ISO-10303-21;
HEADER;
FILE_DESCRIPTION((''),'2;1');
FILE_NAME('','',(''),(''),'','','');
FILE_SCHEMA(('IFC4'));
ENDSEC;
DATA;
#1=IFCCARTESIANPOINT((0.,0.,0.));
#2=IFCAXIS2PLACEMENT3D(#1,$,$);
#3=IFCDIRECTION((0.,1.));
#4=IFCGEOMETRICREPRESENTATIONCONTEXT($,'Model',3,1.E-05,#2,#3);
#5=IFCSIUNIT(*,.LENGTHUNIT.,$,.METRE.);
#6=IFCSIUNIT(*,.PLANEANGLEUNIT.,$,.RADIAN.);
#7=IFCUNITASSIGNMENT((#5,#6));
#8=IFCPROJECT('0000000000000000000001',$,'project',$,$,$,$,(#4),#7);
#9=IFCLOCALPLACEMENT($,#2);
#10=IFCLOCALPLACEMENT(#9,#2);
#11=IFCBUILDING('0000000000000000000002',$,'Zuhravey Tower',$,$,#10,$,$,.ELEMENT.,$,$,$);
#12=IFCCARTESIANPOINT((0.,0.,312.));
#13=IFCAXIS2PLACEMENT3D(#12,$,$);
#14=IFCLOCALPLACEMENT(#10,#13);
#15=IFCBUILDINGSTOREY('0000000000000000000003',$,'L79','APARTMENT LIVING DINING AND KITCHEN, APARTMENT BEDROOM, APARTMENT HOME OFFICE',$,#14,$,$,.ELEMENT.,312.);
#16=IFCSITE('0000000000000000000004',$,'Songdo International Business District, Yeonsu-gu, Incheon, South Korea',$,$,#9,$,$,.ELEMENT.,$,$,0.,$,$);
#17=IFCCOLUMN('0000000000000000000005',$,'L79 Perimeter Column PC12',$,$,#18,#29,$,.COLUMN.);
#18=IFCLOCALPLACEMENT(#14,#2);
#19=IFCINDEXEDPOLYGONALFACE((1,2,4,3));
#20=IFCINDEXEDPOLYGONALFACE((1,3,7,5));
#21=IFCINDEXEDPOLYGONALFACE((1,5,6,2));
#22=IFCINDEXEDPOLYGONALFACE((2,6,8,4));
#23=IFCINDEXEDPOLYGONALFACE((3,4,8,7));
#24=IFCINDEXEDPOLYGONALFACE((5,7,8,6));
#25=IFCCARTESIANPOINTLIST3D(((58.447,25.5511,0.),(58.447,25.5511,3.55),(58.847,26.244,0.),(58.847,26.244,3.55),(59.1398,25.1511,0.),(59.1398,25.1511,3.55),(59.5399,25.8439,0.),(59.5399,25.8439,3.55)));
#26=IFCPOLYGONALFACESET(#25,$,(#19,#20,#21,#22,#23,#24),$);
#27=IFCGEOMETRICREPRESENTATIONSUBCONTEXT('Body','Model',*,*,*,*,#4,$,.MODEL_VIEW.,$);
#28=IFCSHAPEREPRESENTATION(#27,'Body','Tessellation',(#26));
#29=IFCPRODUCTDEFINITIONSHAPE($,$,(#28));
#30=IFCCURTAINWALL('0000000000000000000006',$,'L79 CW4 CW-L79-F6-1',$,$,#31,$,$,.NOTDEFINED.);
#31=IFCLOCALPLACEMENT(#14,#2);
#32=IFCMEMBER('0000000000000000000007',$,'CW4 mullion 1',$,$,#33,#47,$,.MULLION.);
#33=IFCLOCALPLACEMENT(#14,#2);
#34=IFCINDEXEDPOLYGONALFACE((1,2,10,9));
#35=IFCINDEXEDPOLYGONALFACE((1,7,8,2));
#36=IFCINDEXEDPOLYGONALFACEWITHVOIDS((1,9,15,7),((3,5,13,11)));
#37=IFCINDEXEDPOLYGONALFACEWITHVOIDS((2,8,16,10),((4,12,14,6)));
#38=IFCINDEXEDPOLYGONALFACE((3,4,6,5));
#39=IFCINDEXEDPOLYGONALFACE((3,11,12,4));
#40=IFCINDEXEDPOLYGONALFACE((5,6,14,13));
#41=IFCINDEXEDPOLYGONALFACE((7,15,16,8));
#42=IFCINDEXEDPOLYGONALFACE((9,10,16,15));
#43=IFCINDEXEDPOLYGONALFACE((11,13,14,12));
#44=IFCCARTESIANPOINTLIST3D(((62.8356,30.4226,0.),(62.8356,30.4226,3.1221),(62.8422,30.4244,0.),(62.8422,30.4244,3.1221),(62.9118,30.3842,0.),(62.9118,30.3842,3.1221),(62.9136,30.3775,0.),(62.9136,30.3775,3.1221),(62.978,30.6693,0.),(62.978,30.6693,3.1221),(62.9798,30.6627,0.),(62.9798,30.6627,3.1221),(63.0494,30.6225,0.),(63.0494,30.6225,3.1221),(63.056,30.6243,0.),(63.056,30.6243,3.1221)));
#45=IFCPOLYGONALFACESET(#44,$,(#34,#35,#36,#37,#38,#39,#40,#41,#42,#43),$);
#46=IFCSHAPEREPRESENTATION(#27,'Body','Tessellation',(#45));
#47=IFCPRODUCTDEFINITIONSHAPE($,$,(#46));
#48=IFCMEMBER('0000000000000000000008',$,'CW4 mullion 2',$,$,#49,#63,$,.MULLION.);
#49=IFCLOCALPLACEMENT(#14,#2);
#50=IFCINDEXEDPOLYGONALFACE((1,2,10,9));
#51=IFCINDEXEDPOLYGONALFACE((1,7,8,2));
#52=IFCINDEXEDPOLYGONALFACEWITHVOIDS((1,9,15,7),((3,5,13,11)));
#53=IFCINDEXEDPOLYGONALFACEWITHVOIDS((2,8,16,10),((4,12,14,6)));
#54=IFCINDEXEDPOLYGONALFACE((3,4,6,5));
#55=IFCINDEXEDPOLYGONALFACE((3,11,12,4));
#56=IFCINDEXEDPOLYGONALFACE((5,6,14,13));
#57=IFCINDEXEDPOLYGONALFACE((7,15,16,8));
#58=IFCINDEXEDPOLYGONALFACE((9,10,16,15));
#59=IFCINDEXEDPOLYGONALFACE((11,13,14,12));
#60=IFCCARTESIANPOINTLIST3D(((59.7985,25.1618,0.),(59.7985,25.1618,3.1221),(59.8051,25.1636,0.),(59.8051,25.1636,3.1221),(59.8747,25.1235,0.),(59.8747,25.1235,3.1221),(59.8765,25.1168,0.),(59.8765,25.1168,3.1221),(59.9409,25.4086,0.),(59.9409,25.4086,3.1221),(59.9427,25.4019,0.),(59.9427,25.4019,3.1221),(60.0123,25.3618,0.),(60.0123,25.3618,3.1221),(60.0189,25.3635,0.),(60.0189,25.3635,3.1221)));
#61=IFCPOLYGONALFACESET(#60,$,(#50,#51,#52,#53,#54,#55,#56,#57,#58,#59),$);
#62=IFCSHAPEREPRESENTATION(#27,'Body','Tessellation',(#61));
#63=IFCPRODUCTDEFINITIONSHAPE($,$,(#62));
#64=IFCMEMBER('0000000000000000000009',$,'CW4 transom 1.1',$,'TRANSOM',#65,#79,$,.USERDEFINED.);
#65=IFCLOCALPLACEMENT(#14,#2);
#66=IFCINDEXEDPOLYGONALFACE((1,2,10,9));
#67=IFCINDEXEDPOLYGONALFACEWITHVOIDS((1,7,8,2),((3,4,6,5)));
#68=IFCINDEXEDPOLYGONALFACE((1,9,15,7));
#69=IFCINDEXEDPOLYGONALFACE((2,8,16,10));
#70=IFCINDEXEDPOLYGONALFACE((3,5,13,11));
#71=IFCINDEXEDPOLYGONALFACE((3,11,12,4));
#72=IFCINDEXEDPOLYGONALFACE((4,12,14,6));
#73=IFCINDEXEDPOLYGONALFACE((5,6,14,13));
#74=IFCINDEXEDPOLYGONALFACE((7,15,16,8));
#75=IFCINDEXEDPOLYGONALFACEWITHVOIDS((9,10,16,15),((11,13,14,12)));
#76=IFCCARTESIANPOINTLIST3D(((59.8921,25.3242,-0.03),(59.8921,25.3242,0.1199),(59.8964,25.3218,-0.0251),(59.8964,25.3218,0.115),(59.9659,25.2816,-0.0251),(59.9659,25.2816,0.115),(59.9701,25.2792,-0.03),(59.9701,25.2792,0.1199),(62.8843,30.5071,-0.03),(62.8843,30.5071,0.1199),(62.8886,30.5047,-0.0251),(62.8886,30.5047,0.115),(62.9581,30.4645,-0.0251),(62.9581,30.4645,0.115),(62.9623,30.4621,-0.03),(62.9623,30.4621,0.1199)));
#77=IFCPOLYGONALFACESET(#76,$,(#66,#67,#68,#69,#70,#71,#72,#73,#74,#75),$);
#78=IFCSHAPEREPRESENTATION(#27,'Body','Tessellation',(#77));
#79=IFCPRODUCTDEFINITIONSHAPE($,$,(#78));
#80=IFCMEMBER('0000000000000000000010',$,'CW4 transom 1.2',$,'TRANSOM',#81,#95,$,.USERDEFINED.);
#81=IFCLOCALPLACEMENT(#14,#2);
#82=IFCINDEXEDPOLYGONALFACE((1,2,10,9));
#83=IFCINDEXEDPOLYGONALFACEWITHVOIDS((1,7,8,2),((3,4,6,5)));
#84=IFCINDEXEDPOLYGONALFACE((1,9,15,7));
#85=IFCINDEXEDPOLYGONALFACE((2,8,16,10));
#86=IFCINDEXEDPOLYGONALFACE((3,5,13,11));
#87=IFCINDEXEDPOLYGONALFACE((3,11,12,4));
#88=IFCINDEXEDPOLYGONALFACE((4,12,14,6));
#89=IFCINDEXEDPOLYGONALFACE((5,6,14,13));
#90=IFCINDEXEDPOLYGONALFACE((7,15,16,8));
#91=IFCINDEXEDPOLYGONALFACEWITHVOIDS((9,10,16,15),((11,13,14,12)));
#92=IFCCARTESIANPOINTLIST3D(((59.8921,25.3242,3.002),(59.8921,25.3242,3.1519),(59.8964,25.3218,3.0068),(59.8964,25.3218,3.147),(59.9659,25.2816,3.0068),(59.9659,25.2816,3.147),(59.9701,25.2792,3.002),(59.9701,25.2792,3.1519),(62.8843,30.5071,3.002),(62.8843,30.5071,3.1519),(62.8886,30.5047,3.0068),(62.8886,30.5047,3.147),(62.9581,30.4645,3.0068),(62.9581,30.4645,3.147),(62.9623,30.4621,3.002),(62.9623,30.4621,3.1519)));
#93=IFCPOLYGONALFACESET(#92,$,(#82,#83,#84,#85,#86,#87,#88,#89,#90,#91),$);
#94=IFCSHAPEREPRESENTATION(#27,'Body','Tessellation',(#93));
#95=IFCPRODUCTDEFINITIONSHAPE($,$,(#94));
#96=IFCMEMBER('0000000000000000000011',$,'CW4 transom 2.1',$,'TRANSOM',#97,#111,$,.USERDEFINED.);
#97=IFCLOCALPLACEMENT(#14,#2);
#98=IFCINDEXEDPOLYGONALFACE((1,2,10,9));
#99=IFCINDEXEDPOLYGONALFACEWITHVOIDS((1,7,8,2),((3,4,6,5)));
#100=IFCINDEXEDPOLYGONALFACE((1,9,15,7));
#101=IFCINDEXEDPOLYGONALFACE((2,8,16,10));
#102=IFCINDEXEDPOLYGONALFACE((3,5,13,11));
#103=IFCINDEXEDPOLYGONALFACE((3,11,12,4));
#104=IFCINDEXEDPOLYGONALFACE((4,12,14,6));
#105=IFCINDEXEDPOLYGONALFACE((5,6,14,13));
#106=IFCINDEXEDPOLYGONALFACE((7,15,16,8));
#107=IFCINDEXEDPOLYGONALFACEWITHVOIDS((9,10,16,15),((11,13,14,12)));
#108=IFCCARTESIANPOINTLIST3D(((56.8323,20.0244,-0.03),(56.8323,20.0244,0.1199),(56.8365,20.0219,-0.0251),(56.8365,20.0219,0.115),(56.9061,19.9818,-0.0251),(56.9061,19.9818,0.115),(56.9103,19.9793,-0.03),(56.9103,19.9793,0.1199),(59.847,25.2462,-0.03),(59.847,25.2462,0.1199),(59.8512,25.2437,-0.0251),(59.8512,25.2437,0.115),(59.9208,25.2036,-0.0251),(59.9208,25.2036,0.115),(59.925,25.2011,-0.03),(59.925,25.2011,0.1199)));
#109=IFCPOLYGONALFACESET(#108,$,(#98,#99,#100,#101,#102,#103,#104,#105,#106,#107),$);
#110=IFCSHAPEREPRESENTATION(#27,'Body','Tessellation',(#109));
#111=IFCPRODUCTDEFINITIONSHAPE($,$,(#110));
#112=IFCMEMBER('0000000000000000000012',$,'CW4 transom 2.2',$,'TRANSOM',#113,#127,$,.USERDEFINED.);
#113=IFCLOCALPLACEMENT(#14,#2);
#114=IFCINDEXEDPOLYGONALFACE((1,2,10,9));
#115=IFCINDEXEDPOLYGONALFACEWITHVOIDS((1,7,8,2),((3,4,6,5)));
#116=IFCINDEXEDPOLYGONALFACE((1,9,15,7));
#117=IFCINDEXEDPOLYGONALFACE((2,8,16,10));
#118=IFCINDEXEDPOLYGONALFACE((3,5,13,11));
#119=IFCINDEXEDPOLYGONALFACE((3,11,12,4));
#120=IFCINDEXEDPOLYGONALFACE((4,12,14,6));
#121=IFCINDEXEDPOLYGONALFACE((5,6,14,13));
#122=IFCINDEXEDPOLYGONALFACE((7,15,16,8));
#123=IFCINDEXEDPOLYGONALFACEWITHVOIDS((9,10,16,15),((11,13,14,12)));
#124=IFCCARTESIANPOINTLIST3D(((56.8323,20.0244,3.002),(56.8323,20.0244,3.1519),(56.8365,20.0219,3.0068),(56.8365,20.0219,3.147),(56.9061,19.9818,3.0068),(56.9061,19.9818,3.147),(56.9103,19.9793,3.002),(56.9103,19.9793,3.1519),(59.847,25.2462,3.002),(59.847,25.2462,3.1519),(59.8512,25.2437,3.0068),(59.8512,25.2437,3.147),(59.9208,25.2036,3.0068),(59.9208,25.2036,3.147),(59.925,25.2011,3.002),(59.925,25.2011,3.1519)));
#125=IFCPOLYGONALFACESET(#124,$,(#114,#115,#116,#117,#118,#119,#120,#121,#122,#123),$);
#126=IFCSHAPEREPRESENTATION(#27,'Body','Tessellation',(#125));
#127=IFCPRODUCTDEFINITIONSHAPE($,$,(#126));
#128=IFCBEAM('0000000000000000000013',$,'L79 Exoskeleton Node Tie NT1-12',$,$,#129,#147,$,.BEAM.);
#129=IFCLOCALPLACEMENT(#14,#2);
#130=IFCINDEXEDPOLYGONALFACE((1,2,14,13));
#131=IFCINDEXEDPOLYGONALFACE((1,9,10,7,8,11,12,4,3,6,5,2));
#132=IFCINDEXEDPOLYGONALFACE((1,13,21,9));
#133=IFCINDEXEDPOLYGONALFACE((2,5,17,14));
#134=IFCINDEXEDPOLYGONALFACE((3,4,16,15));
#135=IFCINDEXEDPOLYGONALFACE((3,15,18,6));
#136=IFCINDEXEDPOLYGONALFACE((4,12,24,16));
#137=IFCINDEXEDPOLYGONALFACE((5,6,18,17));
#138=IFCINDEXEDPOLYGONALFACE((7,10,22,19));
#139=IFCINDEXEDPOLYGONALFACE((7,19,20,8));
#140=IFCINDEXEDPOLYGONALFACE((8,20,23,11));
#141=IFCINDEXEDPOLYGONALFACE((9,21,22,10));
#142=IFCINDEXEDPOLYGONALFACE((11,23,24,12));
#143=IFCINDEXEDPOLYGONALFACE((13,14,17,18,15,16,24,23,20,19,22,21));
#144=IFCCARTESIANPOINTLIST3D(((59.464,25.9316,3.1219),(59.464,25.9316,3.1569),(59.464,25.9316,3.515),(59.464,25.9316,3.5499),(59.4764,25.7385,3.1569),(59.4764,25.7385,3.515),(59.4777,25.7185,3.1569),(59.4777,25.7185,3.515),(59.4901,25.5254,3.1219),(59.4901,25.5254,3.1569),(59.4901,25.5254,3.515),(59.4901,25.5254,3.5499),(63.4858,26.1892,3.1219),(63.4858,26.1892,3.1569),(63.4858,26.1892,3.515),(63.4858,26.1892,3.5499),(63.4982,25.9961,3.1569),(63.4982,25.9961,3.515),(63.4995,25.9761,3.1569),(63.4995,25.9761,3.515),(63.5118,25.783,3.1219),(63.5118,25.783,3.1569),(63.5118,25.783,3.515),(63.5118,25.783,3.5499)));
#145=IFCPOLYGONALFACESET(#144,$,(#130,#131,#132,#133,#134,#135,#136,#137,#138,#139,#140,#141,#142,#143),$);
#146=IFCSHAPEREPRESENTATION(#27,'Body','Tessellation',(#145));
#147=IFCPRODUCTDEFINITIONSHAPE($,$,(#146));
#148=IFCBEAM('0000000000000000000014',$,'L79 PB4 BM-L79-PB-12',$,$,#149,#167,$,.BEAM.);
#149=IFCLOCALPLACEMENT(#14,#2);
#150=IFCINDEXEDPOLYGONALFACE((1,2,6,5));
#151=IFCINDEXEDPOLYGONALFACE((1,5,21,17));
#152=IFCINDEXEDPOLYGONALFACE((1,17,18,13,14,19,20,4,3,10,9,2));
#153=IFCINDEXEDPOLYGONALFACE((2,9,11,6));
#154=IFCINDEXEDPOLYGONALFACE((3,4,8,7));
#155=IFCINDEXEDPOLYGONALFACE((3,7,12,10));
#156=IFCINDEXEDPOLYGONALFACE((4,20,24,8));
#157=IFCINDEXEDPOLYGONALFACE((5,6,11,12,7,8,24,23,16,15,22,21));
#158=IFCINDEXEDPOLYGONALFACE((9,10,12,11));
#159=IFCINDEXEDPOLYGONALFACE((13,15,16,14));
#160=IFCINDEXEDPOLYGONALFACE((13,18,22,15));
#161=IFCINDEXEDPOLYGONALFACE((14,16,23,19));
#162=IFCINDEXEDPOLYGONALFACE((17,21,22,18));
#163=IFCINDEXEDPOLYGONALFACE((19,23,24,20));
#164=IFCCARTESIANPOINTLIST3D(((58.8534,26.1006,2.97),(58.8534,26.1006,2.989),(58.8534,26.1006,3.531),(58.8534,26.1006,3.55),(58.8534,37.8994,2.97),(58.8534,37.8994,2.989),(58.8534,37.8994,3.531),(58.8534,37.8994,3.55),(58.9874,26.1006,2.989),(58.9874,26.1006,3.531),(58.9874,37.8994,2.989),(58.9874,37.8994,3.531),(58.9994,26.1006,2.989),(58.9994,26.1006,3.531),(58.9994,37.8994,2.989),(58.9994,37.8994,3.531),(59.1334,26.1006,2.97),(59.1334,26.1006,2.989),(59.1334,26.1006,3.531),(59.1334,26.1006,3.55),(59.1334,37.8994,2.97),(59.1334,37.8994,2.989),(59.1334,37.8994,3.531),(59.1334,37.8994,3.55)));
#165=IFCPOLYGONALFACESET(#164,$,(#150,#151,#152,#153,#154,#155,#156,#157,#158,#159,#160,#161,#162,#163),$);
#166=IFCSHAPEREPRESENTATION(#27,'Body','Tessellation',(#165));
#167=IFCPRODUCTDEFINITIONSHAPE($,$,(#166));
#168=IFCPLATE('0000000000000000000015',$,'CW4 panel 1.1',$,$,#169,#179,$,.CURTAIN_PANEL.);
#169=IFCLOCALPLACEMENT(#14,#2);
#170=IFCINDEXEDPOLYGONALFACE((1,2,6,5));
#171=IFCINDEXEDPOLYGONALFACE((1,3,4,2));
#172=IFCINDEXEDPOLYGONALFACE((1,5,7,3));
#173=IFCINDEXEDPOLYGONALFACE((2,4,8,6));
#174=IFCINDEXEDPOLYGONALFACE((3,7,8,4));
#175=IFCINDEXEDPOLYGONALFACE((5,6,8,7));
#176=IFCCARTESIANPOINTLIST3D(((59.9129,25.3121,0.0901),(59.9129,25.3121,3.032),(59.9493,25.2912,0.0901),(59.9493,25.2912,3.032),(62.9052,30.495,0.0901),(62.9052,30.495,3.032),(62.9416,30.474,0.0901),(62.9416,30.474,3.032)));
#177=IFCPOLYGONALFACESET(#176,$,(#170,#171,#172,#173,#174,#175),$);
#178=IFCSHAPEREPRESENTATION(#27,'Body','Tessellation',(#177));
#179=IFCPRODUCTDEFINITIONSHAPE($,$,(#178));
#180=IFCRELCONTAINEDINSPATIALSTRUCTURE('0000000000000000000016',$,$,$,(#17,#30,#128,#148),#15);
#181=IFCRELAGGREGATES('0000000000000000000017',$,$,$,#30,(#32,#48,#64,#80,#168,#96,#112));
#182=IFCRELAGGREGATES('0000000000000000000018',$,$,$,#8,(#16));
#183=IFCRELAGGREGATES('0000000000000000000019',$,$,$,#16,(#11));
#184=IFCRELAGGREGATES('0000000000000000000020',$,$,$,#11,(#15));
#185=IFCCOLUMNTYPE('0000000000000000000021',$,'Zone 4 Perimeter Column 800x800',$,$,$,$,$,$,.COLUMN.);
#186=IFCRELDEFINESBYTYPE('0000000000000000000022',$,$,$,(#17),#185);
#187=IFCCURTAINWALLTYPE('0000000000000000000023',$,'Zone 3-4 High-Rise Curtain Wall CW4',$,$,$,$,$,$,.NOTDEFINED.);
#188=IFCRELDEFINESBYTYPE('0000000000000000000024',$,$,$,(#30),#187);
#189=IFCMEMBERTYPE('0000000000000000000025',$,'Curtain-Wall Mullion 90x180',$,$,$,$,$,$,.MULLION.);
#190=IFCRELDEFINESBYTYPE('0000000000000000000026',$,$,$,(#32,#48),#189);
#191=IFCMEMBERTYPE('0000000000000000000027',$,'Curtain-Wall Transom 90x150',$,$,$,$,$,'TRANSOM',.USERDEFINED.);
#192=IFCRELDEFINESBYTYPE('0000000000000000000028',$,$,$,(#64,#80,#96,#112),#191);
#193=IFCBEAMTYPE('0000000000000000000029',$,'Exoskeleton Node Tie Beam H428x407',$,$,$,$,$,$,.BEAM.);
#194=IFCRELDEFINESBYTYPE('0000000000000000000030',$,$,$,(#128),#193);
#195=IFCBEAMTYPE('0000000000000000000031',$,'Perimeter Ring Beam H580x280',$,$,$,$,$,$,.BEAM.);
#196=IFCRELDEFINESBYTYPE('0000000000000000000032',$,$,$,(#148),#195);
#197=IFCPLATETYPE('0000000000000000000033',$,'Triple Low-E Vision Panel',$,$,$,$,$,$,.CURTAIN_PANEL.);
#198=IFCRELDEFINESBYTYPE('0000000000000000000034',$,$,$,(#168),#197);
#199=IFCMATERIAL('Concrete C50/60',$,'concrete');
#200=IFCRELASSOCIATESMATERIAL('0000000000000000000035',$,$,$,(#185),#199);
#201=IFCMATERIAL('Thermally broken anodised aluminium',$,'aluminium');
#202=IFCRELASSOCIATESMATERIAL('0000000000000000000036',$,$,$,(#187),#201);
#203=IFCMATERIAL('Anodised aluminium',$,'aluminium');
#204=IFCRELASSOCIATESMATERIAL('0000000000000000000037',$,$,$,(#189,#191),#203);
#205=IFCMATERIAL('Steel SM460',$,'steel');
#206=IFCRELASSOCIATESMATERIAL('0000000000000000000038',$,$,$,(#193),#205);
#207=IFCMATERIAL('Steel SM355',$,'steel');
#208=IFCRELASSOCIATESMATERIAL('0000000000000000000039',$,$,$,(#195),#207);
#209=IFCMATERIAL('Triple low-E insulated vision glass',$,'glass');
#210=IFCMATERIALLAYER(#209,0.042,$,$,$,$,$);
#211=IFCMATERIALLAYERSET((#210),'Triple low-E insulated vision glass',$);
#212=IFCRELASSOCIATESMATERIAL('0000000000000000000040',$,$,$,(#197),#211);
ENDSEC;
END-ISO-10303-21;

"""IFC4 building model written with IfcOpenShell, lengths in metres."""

from ifc_helpers import new_model, si_unit, direction, frame, origin, origin_2d, place, context, subcontext, project, spatial, rectangle, hollow_rectangle, i_section, extrude, material, layer, layer_set, material_profile, profile_set, type_object, element, aggregate, save


model = new_model("IFC4")

# Units and contexts
model_context = context("Model", 3, precision=1e-05, world=origin(), true_north=direction((0.0, 1.0)))
body_context = subcontext(model_context, "Body", "Model", "MODEL_VIEW")
ifc_project = project(units=[si_unit("LENGTHUNIT", "METRE"), si_unit("PLANEANGLEUNIT", "RADIAN")], contexts=[model_context])

# Site, building, storey
site_placement = place(None, origin())
site = spatial("IfcSite", under=ifc_project, at=site_placement, Name="Songdo International Business District, Yeonsu-gu, Incheon, South Korea", CompositionType="ELEMENT", RefElevation=0.0)
building_placement = place(site_placement, origin())
building = spatial("IfcBuilding", under=site, at=building_placement, Name="Zuhravey Tower", CompositionType="ELEMENT")
storey_placement = place(building_placement, frame((0.0, 0.0, 312.0)))
storey = spatial("IfcBuildingStorey", under=building, at=storey_placement, Name="L79", Description="APARTMENT LIVING DINING AND KITCHEN, APARTMENT BEDROOM, APARTMENT HOME OFFICE", CompositionType="ELEMENT", Elevation=312.0)

# Column
ifc_material_1 = material(Name="Concrete C50/60", Category="concrete")
ifc_material_profile_1 = material_profile(ifc_material_1, rectangle(XDim=0.8, YDim=0.8, at=origin_2d()), Name="RC-800x800")
ifc_profile_set_1 = profile_set([ifc_material_profile_1], Name="Concrete C50/60")
column_type = type_object("IfcColumnType", Name="Zone 4 Perimeter Column 800x800", PredefinedType="COLUMN", material=ifc_profile_set_1)
column_placement = place(storey_placement, frame((58.9934, 25.6975, 0.0), z_axis=(0.0, 0.0, 1.0), x_axis=(0.5, 0.866025, 0.0)))
element("IfcColumn", 1, at=column_placement, inside=storey, type_object=column_type, Name="L79 Perimeter Column PC12", PredefinedType="COLUMN", context=body_context, shape_type="SweptSolid", body=[
    extrude(rectangle(XDim=0.8, YDim=0.8, at=origin_2d()), origin(), (0.0, 0.0, 1.0), 3.55),
])

# Curtain wall, members
ifc_material_2 = material(Name="Thermally broken anodised aluminium", Category="aluminium")
curtain_wall_type = type_object("IfcCurtainWallType", Name="Zone 3-4 High-Rise Curtain Wall CW4", PredefinedType="NOTDEFINED", material=ifc_material_2)
curtain_wall_placement = place(storey_placement, origin())
curtain_wall = element("IfcCurtainWall", 2, at=curtain_wall_placement, inside=storey, type_object=curtain_wall_type, Name="L79 CW4 CW-L79-F6-1", PredefinedType="NOTDEFINED")
ifc_material_3 = material(Name="Anodised aluminium", Category="aluminium")
ifc_material_profile_2 = material_profile(ifc_material_3, hollow_rectangle(XDim=0.0901, YDim=0.2849, WallThickness=0.0049, at=origin_2d()), Name="ALU-RHS-90x285x5")
ifc_profile_set_2 = profile_set([ifc_material_profile_2], Name="Anodised aluminium")
member_type_1 = type_object("IfcMemberType", Name="Curtain-Wall Mullion 90x180", PredefinedType="MULLION", material=ifc_profile_set_2)
member_1_placement = place(storey_placement, frame((62.9458, 30.5234, 0.0), z_axis=(0.0, 0.0, 1.0), x_axis=(0.866026, -0.5, 0.0)))
member_1 = element("IfcMember", 3, at=member_1_placement, type_object=member_type_1, Name="CW4 mullion 1", PredefinedType="MULLION", context=body_context, shape_type="SweptSolid", body=[
    extrude(hollow_rectangle(XDim=0.0901, YDim=0.2849, WallThickness=0.0049, at=origin_2d()), origin(), (0.0, 0.0, 1.0), 3.1221),
])
member_2_placement = place(storey_placement, frame((59.9087, 25.2627, 0.0), z_axis=(0.0, 0.0, 1.0), x_axis=(0.866026, -0.5, 0.0)))
member_2 = element("IfcMember", 4, at=member_2_placement, type_object=member_type_1, Name="CW4 mullion 2", PredefinedType="MULLION", context=body_context, shape_type="SweptSolid", body=[
    extrude(hollow_rectangle(XDim=0.0901, YDim=0.2849, WallThickness=0.0049, at=origin_2d()), origin(), (0.0, 0.0, 1.0), 3.1221),
])
ifc_material_profile_3 = material_profile(ifc_material_3, hollow_rectangle(XDim=0.0901, YDim=0.1499, WallThickness=0.0049, at=origin_2d()), Name="ALU-RHS-90x150x5")
ifc_profile_set_3 = profile_set([ifc_material_profile_3], Name="Anodised aluminium")
member_type_2 = type_object("IfcMemberType", Name="Curtain-Wall Transom 90x150", ElementType="TRANSOM", PredefinedType="USERDEFINED", material=ifc_profile_set_3)
member_3_placement = place(storey_placement, frame((62.9233, 30.4846, 0.0449), z_axis=(-0.499983, -0.866035, 0.0), x_axis=(0.866035, -0.499983, 0.0)))
member_3 = element("IfcMember", 5, at=member_3_placement, type_object=member_type_2, Name="CW4 transom 1.1", ObjectType="TRANSOM", PredefinedType="USERDEFINED", context=body_context, shape_type="SweptSolid", body=[
    extrude(hollow_rectangle(XDim=0.0901, YDim=0.1499, WallThickness=0.0049, at=origin_2d()), origin(), (0.0, 0.0, 1.0), 5.9846),
])
member_4_placement = place(storey_placement, frame((62.9233, 30.4846, 3.0769), z_axis=(-0.499983, -0.866035, 0.0), x_axis=(0.866035, -0.499983, 0.0)))
member_4 = element("IfcMember", 6, at=member_4_placement, type_object=member_type_2, Name="CW4 transom 1.2", ObjectType="TRANSOM", PredefinedType="USERDEFINED", context=body_context, shape_type="SweptSolid", body=[
    extrude(hollow_rectangle(XDim=0.0901, YDim=0.1499, WallThickness=0.0049, at=origin_2d()), origin(), (0.0, 0.0, 1.0), 5.9846),
])
member_5_placement = place(storey_placement, frame((59.886, 25.2236, 0.0449), z_axis=(-0.499989, -0.866032, 0.0), x_axis=(0.866032, -0.499989, 0.0)))
member_5 = element("IfcMember", 7, at=member_5_placement, type_object=member_type_2, Name="CW4 transom 2.1", ObjectType="TRANSOM", PredefinedType="USERDEFINED", context=body_context, shape_type="SweptSolid", body=[
    extrude(hollow_rectangle(XDim=0.0901, YDim=0.1499, WallThickness=0.0049, at=origin_2d()), origin(), (0.0, 0.0, 1.0), 6.0295),
])
member_6_placement = place(storey_placement, frame((59.886, 25.2236, 3.0769), z_axis=(-0.499989, -0.866032, 0.0), x_axis=(0.866032, -0.499989, 0.0)))
member_6 = element("IfcMember", 8, at=member_6_placement, type_object=member_type_2, Name="CW4 transom 2.2", ObjectType="TRANSOM", PredefinedType="USERDEFINED", context=body_context, shape_type="SweptSolid", body=[
    extrude(hollow_rectangle(XDim=0.0901, YDim=0.1499, WallThickness=0.0049, at=origin_2d()), origin(), (0.0, 0.0, 1.0), 6.0295),
])

# Beams
ifc_material_4 = material(Name="Steel SM460", Category="steel")
ifc_material_profile_4 = material_profile(ifc_material_4, i_section(OverallWidth=0.407, OverallDepth=0.428, WebThickness=0.02, FlangeThickness=0.0349, at=origin_2d()), Name="H-428x407x20x35")
ifc_profile_set_4 = profile_set([ifc_material_profile_4], Name="Steel SM460")
beam_type_1 = type_object("IfcBeamType", Name="Exoskeleton Node Tie Beam H428x407", PredefinedType="BEAM", material=ifc_profile_set_4)
beam_1_placement = place(storey_placement, frame((59.4771, 25.7285, 3.3359), z_axis=(0.997955, 0.063913, 0.0), x_axis=(-0.063913, 0.997955, 0.0)))
element("IfcBeam", 9, at=beam_1_placement, inside=storey, type_object=beam_type_1, Name="L79 Exoskeleton Node Tie NT1-12", PredefinedType="BEAM", context=body_context, shape_type="SweptSolid", body=[
    extrude(i_section(OverallWidth=0.407, OverallDepth=0.428, WebThickness=0.02, FlangeThickness=0.0349, at=origin_2d()), origin(), (0.0, 0.0, 1.0), 4.03),
])
ifc_material_5 = material(Name="Steel SM355", Category="steel")
ifc_material_profile_5 = material_profile(ifc_material_5, i_section(OverallWidth=0.28, OverallDepth=0.5801, WebThickness=0.012, FlangeThickness=0.019, at=origin_2d()), Name="H-580x280x12x19")
ifc_profile_set_5 = profile_set([ifc_material_profile_5], Name="Steel SM355")
beam_type_2 = type_object("IfcBeamType", Name="Perimeter Ring Beam H580x280", PredefinedType="BEAM", material=ifc_profile_set_5)
beam_2_placement = place(storey_placement, frame((58.9934, 26.1006, 3.26), z_axis=(0.0, 1.0, 0.0), x_axis=(-1.0, 0.0, 0.0)))
element("IfcBeam", 10, at=beam_2_placement, inside=storey, type_object=beam_type_2, Name="L79 PB4 BM-L79-PB-12", PredefinedType="BEAM", context=body_context, shape_type="SweptSolid", body=[
    extrude(i_section(OverallWidth=0.28, OverallDepth=0.5801, WebThickness=0.012, FlangeThickness=0.019, at=origin_2d()), origin(), (0.0, 0.0, 1.0), 11.7988),
])

# Plate
ifc_material_6 = material(Name="Triple low-E insulated vision glass", Category="glass")
ifc_layer_1 = layer(ifc_material_6, 0.042)
ifc_layer_set_1 = layer_set([ifc_layer_1], Name="Triple low-E insulated vision glass")
plate_type = type_object("IfcPlateType", Name="Triple Low-E Vision Panel", PredefinedType="CURTAIN_PANEL", material=ifc_layer_set_1)
plate_1_placement = place(storey_placement, frame((61.4272, 27.8931, 0.0901), z_axis=(0.0, 0.0, 1.0), x_axis=(-0.5, -0.866026, 0.0)))
plate_1 = element("IfcPlate", 11, at=plate_1_placement, type_object=plate_type, Name="CW4 panel 1.1", PredefinedType="CURTAIN_PANEL", context=body_context, shape_type="SweptSolid", body=[
    extrude(rectangle(XDim=5.9846, YDim=0.042, at=origin_2d()), origin(), (0.0, 0.0, 1.0), 2.9419),
])
aggregate(curtain_wall, [member_1, member_2, member_3, member_4, plate_1, member_5, member_6])

save(model, "model.ifc")
